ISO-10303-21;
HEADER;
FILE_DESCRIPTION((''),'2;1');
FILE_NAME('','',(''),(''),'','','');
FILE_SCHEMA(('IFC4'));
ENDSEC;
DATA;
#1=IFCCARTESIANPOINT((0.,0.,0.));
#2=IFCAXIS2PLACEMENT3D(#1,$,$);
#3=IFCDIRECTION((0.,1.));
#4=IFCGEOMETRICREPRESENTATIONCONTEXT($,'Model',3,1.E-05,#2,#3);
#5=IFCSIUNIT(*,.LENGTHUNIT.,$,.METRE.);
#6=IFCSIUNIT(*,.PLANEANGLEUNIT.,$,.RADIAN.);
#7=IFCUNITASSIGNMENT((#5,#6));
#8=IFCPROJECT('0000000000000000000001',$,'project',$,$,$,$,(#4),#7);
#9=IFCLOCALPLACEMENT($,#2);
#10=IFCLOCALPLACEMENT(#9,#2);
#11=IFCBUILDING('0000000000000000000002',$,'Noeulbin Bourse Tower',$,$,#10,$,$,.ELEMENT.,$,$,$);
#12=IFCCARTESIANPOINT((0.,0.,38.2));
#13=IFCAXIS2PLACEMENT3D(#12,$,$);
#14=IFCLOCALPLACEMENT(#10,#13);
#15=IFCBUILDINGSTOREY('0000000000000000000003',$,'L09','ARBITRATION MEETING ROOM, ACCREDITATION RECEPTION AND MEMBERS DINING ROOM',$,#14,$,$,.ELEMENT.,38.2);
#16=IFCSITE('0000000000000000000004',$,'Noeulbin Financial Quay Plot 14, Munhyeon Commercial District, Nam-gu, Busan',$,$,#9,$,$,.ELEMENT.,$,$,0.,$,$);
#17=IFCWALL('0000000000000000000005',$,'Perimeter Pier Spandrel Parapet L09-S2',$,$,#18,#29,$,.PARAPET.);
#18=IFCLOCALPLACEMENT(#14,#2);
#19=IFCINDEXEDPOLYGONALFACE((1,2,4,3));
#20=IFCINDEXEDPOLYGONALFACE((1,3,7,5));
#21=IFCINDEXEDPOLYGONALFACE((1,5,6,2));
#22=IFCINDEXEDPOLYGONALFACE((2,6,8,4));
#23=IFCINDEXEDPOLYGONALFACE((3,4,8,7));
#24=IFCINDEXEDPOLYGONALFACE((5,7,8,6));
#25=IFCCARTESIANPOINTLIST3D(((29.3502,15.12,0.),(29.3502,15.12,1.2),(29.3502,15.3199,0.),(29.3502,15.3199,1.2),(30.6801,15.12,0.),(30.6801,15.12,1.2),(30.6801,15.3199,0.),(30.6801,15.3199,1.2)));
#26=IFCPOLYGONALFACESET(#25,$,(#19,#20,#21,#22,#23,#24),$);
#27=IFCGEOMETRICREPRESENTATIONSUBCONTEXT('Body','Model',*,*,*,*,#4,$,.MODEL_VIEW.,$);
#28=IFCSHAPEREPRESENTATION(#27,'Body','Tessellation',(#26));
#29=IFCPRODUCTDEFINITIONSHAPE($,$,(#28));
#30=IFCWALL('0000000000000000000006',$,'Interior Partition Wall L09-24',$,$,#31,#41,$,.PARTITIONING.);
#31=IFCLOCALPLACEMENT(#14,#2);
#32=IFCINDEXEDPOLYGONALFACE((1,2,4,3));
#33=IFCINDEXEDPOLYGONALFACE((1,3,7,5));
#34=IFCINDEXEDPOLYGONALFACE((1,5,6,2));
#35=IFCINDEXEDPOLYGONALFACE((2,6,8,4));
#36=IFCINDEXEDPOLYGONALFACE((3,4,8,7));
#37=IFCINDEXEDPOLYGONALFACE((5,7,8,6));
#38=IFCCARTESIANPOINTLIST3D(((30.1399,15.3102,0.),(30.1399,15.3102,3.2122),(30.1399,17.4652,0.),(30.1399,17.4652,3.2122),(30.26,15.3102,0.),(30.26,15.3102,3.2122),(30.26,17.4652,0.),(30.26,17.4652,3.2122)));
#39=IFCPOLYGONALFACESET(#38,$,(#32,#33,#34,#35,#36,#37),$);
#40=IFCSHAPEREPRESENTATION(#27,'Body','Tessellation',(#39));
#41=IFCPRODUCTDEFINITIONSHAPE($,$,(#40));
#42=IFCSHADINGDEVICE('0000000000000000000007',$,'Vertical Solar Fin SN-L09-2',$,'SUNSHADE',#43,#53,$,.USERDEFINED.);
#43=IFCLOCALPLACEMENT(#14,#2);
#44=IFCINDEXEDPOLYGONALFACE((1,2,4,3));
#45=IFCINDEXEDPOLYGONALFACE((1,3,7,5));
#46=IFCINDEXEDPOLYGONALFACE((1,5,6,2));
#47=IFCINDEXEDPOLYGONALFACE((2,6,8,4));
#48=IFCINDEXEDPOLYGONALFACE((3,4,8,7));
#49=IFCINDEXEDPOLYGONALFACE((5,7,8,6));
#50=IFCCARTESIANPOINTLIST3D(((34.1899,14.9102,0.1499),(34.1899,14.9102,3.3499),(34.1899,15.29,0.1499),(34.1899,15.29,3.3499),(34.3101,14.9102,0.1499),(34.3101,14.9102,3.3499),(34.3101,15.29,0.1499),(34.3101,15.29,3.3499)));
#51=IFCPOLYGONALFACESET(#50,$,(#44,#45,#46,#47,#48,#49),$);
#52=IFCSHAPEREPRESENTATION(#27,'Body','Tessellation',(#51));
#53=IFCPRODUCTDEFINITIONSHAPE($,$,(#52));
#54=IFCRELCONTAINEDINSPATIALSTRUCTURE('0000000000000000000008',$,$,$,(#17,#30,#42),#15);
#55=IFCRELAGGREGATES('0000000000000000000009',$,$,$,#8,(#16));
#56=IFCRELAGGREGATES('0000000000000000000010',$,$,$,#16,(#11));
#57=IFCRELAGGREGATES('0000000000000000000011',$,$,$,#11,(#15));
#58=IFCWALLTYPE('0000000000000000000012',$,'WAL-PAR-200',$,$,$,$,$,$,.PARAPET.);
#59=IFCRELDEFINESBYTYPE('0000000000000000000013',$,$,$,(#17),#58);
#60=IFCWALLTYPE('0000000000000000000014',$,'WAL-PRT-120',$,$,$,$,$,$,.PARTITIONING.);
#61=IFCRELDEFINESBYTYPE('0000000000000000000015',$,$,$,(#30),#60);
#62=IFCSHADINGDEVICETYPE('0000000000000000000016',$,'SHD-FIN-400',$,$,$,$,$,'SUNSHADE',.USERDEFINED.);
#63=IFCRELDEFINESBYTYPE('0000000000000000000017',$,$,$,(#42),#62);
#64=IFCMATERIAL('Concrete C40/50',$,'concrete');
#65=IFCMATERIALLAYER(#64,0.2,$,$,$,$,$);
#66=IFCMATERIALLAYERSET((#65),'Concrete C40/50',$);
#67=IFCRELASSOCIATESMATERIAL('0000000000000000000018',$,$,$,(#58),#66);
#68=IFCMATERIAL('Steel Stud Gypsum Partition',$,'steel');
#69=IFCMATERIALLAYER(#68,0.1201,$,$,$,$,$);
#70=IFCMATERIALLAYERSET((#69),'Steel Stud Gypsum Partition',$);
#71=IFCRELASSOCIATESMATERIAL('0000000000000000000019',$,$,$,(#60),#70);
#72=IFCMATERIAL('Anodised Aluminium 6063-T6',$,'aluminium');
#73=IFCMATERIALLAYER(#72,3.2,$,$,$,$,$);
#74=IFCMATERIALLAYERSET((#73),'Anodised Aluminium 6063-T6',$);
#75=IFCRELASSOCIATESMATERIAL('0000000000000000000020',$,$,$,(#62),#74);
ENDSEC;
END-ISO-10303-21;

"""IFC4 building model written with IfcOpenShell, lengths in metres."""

from ifc_helpers import new_model, si_unit, direction, frame, frame_2d, origin, origin_2d, place, context, subcontext, project, spatial, rectangle, extrude, material, layer, layer_set, type_object, element, save


model = new_model("IFC4")

# Units and contexts
model_context = context("Model", 3, precision=1e-05, world=origin(), true_north=direction((0.0, 1.0)))
body_context = subcontext(model_context, "Body", "Model", "MODEL_VIEW")
ifc_project = project(units=[si_unit("LENGTHUNIT", "METRE"), si_unit("PLANEANGLEUNIT", "RADIAN")], contexts=[model_context])

# Site, building, storey
site_placement = place(None, origin())
site = spatial("IfcSite", under=ifc_project, at=site_placement, Name="Noeulbin Financial Quay Plot 14, Munhyeon Commercial District, Nam-gu, Busan", CompositionType="ELEMENT", RefElevation=0.0)
building_placement = place(site_placement, origin())
building = spatial("IfcBuilding", under=site, at=building_placement, Name="Noeulbin Bourse Tower", CompositionType="ELEMENT")
storey_placement = place(building_placement, frame((0.0, 0.0, 38.2)))
storey = spatial("IfcBuildingStorey", under=building, at=storey_placement, Name="L09", Description="ARBITRATION MEETING ROOM, ACCREDITATION RECEPTION AND MEMBERS DINING ROOM", CompositionType="ELEMENT", Elevation=38.2)

# Shared definitions
ifc_material_1 = material(Name="Anodised Aluminium 6063-T6", Category="aluminium")

# Walls
ifc_material_2 = material(Name="Concrete C40/50", Category="concrete")
ifc_layer_1 = layer(ifc_material_2, 0.2)
ifc_layer_set_1 = layer_set([ifc_layer_1], Name="Concrete C40/50")
wall_type_1 = type_object("IfcWallType", Name="WAL-PAR-200", PredefinedType="PARAPET", material=ifc_layer_set_1)
wall_1_placement = place(storey_placement, frame((29.3501, 15.22, 0.0), z_axis=(0.0, 0.0, 1.0), x_axis=(1.0, 0.0, 0.0)))
element("IfcWall", 1, at=wall_1_placement, inside=storey, type_object=wall_type_1, Name="Perimeter Pier Spandrel Parapet L09-S2", PredefinedType="PARAPET", context=body_context, shape_type="SweptSolid", body=[
    extrude(rectangle(XDim=1.3298, YDim=0.2, at=frame_2d((0.665, 0.0))), origin(), (0.0, 0.0, 1.0), 1.2),
])
ifc_material_3 = material(Name="Steel Stud Gypsum Partition", Category="steel")
ifc_layer_2 = layer(ifc_material_3, 0.1201)
ifc_layer_set_2 = layer_set([ifc_layer_2], Name="Steel Stud Gypsum Partition")
wall_type_2 = type_object("IfcWallType", Name="WAL-PRT-120", PredefinedType="PARTITIONING", material=ifc_layer_set_2)
wall_2_placement = place(storey_placement, frame((30.2, 15.3101, 0.0), z_axis=(0.0, 0.0, 1.0), x_axis=(0.0, 1.0, 0.0)))
element("IfcWall", 2, at=wall_2_placement, inside=storey, type_object=wall_type_2, Name="Interior Partition Wall L09-24", PredefinedType="PARTITIONING", context=body_context, shape_type="SweptSolid", body=[
    extrude(rectangle(XDim=2.155, YDim=0.1201, at=frame_2d((1.0776, 0.0))), origin(), (0.0, 0.0, 1.0), 3.2122),
])

# Shading device
ifc_layer_3 = layer(ifc_material_1, 3.2)
ifc_layer_set_3 = layer_set([ifc_layer_3], Name="Anodised Aluminium 6063-T6")
shading_device_type = type_object("IfcShadingDeviceType", Name="SHD-FIN-400", ElementType="SUNSHADE", PredefinedType="USERDEFINED", material=ifc_layer_set_3)
shading_device_placement = place(storey_placement, frame((34.25, 15.1001, 0.1499), z_axis=(0.0, 0.0, 1.0), x_axis=(1.0, 0.0, 0.0)))
element("IfcShadingDevice", 3, at=shading_device_placement, inside=storey, type_object=shading_device_type, Name="Vertical Solar Fin SN-L09-2", ObjectType="SUNSHADE", PredefinedType="USERDEFINED", context=body_context, shape_type="SweptSolid", body=[
    extrude(rectangle(XDim=0.1201, YDim=0.3799, at=origin_2d()), origin(), (0.0, 0.0, 1.0), 3.2),
])

save(model, "model.ifc")
